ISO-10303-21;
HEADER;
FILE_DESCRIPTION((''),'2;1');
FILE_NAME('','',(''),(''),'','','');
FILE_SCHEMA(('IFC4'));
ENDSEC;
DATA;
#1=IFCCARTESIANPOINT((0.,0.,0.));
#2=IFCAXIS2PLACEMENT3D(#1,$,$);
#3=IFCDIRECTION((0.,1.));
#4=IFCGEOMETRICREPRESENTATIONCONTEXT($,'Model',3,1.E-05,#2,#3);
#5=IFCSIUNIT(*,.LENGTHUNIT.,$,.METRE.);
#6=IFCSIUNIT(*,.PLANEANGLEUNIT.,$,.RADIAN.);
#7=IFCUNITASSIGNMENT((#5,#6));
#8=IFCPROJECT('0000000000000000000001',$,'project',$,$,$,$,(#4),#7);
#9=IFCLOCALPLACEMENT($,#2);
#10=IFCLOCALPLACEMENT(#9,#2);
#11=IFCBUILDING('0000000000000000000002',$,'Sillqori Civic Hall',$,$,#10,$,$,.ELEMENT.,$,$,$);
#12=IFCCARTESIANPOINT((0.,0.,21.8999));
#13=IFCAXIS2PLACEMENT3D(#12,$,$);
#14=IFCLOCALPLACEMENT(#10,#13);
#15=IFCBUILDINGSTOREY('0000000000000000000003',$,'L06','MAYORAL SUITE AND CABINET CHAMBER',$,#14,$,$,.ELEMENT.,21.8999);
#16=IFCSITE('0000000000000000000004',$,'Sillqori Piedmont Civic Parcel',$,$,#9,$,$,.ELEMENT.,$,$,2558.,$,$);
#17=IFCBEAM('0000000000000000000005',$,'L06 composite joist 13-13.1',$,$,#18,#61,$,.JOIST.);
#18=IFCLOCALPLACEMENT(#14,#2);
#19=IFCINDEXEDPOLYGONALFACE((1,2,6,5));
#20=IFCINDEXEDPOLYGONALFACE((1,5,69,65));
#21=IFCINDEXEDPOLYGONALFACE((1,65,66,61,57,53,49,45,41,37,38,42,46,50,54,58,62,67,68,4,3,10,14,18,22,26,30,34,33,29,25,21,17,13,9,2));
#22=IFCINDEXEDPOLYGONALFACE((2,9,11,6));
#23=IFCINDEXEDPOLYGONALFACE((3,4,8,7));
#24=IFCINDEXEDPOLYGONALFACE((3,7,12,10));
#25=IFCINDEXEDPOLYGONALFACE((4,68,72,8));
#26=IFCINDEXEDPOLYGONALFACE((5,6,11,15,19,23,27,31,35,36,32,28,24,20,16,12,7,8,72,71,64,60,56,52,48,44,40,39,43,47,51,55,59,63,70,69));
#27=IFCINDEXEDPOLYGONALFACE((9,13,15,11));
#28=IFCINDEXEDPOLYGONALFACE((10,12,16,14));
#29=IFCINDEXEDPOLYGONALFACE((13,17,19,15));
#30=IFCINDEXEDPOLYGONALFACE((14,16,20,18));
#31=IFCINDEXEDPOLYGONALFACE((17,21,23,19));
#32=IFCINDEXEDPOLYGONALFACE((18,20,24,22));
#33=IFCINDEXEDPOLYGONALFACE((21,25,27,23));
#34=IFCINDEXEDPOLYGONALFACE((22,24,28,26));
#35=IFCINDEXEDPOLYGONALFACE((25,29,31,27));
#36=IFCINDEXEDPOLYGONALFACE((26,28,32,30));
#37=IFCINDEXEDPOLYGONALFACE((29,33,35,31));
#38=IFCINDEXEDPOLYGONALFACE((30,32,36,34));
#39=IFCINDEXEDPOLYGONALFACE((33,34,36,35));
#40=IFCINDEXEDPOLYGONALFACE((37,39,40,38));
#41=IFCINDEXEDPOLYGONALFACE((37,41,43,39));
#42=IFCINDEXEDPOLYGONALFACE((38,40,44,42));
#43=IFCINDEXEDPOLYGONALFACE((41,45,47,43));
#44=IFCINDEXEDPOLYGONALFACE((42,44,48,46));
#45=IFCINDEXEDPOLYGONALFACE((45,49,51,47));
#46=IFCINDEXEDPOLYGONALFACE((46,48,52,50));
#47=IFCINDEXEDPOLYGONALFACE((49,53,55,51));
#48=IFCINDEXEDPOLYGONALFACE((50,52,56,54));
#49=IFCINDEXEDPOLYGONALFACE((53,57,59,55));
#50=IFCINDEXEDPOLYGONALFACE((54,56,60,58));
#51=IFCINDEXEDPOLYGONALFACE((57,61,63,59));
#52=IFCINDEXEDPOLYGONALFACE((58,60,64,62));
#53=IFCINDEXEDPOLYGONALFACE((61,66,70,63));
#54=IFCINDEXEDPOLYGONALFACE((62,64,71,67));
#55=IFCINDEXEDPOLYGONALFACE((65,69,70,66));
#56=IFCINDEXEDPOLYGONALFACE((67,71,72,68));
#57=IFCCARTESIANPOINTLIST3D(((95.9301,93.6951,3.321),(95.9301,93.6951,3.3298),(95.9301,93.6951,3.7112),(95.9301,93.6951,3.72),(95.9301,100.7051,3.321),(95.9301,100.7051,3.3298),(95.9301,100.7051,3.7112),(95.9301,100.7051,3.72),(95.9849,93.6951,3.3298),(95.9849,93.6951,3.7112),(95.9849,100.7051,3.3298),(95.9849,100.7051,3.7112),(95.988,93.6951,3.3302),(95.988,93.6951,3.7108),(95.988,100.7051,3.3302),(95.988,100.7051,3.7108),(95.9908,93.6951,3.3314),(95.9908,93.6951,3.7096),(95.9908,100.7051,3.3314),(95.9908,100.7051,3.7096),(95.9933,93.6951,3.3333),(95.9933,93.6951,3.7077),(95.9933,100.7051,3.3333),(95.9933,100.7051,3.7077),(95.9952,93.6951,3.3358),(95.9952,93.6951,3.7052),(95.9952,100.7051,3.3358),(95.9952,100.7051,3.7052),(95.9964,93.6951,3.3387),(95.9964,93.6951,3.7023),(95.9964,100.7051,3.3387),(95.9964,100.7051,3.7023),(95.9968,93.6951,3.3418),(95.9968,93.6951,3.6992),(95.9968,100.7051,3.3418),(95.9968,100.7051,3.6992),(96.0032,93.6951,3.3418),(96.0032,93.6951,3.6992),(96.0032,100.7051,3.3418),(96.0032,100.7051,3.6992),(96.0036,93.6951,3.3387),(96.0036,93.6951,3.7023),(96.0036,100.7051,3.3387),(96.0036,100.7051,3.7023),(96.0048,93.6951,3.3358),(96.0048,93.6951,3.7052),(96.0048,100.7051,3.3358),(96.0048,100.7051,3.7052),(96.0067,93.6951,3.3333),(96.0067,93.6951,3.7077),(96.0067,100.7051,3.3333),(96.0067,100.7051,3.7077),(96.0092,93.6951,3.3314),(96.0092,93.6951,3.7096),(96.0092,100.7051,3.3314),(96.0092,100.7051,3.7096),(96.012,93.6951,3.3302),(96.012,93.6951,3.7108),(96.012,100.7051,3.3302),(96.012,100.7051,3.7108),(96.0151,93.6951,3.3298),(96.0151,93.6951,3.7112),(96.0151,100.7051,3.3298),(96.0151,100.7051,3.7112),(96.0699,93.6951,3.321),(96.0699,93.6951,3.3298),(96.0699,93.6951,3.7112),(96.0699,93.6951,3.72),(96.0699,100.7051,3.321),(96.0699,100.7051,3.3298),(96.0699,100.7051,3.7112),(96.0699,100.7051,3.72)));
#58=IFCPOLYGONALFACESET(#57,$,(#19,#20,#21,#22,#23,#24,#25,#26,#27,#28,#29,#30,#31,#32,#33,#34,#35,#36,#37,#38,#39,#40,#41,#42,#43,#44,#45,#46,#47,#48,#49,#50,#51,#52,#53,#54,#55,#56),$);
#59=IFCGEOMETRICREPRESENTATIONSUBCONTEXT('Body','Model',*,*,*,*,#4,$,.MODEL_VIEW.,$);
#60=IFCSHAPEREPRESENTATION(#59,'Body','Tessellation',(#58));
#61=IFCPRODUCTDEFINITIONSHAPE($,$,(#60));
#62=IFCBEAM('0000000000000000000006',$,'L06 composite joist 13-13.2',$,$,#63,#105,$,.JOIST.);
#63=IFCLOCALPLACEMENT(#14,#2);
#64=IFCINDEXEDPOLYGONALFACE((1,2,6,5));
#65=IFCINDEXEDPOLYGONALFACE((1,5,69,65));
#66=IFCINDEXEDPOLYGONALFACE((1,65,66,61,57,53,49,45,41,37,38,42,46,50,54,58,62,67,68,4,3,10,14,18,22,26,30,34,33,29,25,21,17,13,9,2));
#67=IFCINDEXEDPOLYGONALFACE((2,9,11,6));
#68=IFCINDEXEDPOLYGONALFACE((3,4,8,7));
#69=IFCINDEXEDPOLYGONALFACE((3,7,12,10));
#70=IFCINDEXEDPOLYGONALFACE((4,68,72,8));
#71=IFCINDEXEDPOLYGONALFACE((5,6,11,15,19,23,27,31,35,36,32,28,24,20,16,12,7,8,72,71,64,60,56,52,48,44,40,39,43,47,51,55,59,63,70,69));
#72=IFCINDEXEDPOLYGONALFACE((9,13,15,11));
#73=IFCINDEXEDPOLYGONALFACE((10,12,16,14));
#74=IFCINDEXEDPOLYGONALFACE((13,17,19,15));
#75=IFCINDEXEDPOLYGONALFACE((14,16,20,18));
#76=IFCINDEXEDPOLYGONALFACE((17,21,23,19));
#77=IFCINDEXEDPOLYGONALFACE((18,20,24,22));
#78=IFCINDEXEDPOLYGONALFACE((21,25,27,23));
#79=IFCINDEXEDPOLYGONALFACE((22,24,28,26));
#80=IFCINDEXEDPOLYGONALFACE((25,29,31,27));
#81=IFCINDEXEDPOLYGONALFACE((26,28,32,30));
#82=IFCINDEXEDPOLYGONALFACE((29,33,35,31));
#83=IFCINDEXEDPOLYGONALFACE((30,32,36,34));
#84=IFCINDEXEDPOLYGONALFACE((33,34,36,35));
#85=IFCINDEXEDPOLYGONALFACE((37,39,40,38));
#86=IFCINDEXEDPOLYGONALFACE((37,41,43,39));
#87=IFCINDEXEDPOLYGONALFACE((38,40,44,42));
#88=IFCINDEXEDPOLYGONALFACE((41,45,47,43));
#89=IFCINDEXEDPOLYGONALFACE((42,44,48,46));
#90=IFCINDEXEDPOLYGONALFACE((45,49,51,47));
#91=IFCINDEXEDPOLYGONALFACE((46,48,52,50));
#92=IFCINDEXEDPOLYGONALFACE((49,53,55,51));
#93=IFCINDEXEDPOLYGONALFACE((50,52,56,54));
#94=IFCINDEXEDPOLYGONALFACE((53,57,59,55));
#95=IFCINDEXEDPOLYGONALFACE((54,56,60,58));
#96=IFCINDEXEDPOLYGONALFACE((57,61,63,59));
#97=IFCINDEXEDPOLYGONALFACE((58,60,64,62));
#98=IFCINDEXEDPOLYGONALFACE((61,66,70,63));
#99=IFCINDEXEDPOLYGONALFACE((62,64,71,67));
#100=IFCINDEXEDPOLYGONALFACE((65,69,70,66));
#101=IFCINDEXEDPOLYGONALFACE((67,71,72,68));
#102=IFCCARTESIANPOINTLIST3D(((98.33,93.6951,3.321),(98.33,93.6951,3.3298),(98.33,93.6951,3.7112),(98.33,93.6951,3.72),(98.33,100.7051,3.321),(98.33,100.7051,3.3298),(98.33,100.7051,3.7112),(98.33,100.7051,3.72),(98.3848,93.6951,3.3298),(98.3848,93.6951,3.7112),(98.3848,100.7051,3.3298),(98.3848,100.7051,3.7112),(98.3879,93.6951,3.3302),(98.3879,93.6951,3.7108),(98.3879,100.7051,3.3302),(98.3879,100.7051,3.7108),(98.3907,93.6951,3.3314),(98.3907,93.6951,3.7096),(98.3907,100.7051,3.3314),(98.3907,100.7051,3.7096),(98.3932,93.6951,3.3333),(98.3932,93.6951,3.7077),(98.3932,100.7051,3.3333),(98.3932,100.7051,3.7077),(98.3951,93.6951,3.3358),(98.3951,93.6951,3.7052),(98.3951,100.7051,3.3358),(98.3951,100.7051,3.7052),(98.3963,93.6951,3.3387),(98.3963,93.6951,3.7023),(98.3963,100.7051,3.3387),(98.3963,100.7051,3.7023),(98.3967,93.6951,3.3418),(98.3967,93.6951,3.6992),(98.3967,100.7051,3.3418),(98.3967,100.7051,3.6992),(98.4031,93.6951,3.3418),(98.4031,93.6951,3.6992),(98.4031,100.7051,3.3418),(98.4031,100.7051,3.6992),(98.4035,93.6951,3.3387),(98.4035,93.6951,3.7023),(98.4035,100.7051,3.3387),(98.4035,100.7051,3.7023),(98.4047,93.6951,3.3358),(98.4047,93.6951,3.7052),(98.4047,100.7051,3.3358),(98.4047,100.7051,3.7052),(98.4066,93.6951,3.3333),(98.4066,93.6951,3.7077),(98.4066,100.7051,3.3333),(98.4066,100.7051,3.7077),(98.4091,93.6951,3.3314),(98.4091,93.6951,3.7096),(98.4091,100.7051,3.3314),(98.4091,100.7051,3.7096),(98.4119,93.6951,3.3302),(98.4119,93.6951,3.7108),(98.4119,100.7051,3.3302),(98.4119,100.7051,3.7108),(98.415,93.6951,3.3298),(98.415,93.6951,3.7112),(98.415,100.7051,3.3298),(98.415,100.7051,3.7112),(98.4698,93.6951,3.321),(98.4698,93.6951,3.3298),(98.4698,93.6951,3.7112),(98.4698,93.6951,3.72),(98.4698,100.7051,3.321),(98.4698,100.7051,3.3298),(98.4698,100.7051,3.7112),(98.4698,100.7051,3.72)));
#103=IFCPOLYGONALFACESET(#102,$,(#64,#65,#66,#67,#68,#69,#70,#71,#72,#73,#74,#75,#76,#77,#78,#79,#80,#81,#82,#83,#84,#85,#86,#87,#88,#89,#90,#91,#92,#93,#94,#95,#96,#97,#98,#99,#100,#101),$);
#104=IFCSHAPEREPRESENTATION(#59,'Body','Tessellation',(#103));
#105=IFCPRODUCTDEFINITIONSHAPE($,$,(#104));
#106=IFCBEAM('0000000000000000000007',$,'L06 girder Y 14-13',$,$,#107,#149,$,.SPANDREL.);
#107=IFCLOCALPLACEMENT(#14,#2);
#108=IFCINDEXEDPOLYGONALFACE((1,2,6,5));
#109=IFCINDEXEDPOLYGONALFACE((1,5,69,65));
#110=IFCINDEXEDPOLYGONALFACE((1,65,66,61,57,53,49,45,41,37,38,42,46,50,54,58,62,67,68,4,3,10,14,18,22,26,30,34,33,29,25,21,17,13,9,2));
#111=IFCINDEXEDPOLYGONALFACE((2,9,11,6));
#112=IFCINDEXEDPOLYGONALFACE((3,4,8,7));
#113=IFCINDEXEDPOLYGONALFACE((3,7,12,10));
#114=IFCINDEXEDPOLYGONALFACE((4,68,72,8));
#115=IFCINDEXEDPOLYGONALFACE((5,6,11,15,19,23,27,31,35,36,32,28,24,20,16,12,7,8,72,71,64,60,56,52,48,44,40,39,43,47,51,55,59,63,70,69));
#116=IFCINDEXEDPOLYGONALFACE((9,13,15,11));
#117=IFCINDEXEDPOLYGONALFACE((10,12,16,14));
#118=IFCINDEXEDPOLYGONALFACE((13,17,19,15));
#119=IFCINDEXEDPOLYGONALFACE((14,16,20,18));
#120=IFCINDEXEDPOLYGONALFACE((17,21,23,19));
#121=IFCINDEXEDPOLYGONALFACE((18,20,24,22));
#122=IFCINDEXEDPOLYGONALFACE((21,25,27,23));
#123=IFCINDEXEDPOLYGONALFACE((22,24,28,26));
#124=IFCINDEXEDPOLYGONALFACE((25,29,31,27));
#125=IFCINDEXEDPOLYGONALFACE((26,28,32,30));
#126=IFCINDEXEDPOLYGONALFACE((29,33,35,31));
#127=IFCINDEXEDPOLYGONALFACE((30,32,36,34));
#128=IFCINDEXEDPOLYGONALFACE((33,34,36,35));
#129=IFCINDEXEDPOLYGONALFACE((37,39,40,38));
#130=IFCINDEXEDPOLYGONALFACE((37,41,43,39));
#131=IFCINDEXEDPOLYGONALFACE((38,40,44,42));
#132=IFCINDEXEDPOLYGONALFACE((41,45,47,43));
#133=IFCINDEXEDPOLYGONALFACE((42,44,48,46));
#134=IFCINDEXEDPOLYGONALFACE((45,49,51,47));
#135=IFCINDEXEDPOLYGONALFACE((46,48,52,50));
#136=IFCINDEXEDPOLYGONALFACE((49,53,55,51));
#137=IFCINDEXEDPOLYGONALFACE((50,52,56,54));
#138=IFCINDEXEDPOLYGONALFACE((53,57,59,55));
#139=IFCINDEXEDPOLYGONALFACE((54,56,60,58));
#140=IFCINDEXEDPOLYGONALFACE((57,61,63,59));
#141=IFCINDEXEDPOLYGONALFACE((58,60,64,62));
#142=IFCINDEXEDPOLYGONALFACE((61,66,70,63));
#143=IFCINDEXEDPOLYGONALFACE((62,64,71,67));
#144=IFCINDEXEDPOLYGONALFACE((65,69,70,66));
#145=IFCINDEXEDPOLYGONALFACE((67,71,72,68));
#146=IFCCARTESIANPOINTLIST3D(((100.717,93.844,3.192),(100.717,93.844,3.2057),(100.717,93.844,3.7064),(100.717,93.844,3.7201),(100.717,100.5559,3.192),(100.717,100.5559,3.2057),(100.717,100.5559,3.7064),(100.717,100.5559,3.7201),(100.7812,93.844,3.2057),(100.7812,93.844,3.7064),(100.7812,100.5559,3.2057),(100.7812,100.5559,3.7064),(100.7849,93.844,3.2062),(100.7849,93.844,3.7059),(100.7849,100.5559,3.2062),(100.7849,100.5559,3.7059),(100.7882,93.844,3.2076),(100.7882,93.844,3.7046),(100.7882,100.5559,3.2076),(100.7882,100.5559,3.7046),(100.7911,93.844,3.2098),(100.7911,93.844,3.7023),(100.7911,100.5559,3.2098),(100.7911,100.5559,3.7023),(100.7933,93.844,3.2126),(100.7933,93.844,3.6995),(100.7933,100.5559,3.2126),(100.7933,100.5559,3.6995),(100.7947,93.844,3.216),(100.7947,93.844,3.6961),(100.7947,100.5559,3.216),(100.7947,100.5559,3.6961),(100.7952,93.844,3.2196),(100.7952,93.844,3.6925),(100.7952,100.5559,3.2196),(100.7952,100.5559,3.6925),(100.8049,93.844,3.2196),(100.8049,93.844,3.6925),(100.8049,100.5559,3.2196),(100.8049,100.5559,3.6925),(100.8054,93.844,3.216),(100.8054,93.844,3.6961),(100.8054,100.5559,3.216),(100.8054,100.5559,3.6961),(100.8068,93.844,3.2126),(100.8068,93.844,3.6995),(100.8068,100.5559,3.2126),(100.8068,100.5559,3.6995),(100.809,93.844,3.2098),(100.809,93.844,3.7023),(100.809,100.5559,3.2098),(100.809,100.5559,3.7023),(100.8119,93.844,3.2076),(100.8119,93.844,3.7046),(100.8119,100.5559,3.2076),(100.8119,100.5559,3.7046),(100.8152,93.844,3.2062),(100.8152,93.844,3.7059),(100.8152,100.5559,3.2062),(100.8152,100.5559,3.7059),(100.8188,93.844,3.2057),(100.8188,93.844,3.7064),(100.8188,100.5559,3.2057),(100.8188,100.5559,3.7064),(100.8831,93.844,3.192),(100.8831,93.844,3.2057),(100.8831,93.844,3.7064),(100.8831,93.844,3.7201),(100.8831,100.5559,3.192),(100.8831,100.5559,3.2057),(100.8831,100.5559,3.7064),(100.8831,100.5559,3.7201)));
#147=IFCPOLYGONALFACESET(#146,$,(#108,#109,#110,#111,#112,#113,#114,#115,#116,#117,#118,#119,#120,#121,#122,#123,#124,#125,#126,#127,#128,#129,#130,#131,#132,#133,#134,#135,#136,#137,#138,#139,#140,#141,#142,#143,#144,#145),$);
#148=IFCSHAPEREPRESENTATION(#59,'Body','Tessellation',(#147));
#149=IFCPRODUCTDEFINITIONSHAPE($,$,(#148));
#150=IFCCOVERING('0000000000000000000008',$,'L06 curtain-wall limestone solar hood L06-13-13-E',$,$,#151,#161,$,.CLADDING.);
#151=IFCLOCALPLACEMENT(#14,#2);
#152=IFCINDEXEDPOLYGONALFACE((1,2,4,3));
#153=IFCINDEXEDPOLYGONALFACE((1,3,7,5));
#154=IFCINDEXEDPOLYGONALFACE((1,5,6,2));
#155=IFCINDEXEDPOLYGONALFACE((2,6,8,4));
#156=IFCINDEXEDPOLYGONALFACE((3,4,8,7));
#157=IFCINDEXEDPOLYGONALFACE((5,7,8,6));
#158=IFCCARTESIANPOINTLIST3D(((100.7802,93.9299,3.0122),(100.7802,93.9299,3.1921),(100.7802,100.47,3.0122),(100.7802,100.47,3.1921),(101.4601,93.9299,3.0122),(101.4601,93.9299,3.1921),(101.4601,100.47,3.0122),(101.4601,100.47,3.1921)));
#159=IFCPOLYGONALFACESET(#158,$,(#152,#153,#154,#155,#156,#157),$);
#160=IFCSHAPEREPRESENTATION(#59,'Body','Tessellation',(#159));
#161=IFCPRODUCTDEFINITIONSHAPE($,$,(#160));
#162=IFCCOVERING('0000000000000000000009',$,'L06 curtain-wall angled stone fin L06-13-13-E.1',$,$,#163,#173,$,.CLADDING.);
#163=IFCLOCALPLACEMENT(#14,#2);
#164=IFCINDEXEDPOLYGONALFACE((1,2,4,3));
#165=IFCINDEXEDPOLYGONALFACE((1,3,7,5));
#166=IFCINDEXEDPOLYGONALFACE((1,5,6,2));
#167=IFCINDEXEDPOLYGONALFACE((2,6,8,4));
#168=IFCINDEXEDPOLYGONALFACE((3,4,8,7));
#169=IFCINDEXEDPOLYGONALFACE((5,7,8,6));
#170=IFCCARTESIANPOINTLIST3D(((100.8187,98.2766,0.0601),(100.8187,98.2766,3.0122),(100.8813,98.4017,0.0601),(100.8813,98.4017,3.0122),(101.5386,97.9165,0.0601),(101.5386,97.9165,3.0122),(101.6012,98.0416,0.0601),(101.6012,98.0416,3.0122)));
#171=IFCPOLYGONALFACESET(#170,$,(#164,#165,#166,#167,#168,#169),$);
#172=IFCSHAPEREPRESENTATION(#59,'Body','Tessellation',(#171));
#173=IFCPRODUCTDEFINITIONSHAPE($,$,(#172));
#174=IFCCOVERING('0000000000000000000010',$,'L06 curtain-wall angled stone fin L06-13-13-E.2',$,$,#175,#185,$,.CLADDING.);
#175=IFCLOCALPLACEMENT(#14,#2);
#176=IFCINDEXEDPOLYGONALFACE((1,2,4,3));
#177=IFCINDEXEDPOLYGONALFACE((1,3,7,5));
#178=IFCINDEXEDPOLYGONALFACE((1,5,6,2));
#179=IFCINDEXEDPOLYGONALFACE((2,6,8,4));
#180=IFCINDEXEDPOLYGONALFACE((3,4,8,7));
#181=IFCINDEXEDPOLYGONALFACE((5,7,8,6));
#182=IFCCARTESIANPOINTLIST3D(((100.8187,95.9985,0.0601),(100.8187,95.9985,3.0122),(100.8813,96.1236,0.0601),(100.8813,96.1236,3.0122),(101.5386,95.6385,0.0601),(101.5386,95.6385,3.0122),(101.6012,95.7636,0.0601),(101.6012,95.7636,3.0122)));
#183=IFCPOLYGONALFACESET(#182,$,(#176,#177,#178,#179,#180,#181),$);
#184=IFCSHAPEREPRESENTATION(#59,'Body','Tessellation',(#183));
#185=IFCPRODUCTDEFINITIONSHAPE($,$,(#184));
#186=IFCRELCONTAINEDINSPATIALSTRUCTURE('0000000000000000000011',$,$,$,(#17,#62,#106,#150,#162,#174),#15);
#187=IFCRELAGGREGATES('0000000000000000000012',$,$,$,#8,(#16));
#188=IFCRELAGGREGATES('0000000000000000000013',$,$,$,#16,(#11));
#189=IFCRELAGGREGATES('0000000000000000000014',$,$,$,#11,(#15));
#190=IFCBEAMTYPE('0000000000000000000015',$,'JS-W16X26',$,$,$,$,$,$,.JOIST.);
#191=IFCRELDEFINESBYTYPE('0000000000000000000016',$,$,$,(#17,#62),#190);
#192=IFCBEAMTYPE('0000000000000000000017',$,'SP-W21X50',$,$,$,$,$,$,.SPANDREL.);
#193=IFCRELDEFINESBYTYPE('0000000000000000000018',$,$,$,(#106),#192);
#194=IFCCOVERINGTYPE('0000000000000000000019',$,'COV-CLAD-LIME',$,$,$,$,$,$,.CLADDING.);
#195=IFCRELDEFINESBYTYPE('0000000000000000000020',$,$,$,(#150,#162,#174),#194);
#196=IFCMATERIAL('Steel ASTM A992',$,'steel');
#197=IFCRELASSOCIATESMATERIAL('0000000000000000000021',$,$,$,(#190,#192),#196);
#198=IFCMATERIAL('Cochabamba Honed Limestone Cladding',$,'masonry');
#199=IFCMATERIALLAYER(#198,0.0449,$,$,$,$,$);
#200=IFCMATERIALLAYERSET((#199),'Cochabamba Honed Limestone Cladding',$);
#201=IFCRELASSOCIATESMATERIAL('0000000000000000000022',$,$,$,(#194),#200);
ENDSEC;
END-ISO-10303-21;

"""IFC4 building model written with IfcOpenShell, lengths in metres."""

from ifc_helpers import new_model, si_unit, direction, frame, frame_2d, origin, origin_2d, place, context, subcontext, project, spatial, rectangle, i_section, extrude, material, layer, layer_set, material_profile, profile_set, type_object, element, save


model = new_model("IFC4")

# Units and contexts
model_context = context("Model", 3, precision=1e-05, world=origin(), true_north=direction((0.0, 1.0)))
body_context = subcontext(model_context, "Body", "Model", "MODEL_VIEW")
ifc_project = project(units=[si_unit("LENGTHUNIT", "METRE"), si_unit("PLANEANGLEUNIT", "RADIAN")], contexts=[model_context])

# Site, building, storey
site_placement = place(None, origin())
building_placement = place(site_placement, origin())
storey_placement = place(building_placement, frame((0.0, 0.0, 21.8999)))
site = spatial("IfcSite", under=ifc_project, at=site_placement, Name="Sillqori Piedmont Civic Parcel", CompositionType="ELEMENT", RefElevation=2558.0)
building = spatial("IfcBuilding", under=site, at=building_placement, Name="Sillqori Civic Hall", CompositionType="ELEMENT")
storey = spatial("IfcBuildingStorey", under=building, at=storey_placement, Name="L06", Description="MAYORAL SUITE AND CABINET CHAMBER", CompositionType="ELEMENT", Elevation=21.8999)

# Beams
ifc_material_1 = material(Name="Steel ASTM A992", Category="steel")
ifc_material_profile_1 = material_profile(ifc_material_1, i_section(OverallWidth=0.1399, OverallDepth=0.3989, WebThickness=0.0063, FlangeThickness=0.0088, FilletRadius=0.012, at=origin_2d()), Name="W16X26")
ifc_profile_set_1 = profile_set([ifc_material_profile_1], Name="Steel ASTM A992")
beam_type_1 = type_object("IfcBeamType", Name="JS-W16X26", PredefinedType="JOIST", material=ifc_profile_set_1)
for number, where, z_axis, x_axis, name in (
    (1, (96.0, 93.6951, 3.5205), (0.0, 1.0, 0.0), (-1.0, 0.0, 0.0), "L06 composite joist 13-13.1"),
    (2, (98.3999, 93.6951, 3.5205), (0.0, 1.0, 0.0), (-1.0, 0.0, 0.0), "L06 composite joist 13-13.2"),
):
    element("IfcBeam", number, at=place(storey_placement, frame(where, z_axis=z_axis, x_axis=x_axis)), inside=storey, type_object=beam_type_1, Name=name, PredefinedType="JOIST", context=body_context, shape_type="SweptSolid", body=[
        extrude(i_section(OverallWidth=0.1399, OverallDepth=0.3989, WebThickness=0.0063, FlangeThickness=0.0088, FilletRadius=0.012, at=origin_2d()), origin(), (0.0, 0.0, 1.0), 7.01),
    ])
ifc_material_profile_2 = material_profile(ifc_material_1, i_section(OverallWidth=0.166, OverallDepth=0.5281, WebThickness=0.0098, FlangeThickness=0.0137, FilletRadius=0.0139, at=origin_2d()), Name="W21X50")
ifc_profile_set_2 = profile_set([ifc_material_profile_2], Name="Steel ASTM A992")
beam_type_2 = type_object("IfcBeamType", Name="SP-W21X50", PredefinedType="SPANDREL", material=ifc_profile_set_2)
beam_placement = place(storey_placement, frame((100.8, 93.844, 3.4561), z_axis=(0.0, 1.0, 0.0), x_axis=(-1.0, 0.0, 0.0)))
element("IfcBeam", 3, at=beam_placement, inside=storey, type_object=beam_type_2, Name="L06 girder Y 14-13", PredefinedType="SPANDREL", context=body_context, shape_type="SweptSolid", body=[
    extrude(i_section(OverallWidth=0.166, OverallDepth=0.5281, WebThickness=0.0098, FlangeThickness=0.0137, FilletRadius=0.0139, at=origin_2d()), origin(), (0.0, 0.0, 1.0), 6.7119),
])

# Coverings
ifc_material_2 = material(Name="Cochabamba Honed Limestone Cladding", Category="masonry")
ifc_layer_1 = layer(ifc_material_2, 0.0449)
ifc_layer_set_1 = layer_set([ifc_layer_1], Name="Cochabamba Honed Limestone Cladding")
covering_type = type_object("IfcCoveringType", Name="COV-CLAD-LIME", PredefinedType="CLADDING", material=ifc_layer_set_1)
covering_placement = place(storey_placement, frame((101.1201, 100.47, 3.0122), z_axis=(0.0, 0.0, 1.0), x_axis=(0.0, -1.0, 0.0)))
element("IfcCovering", 4, at=covering_placement, inside=storey, type_object=covering_type, Name="L06 curtain-wall limestone solar hood L06-13-13-E", PredefinedType="CLADDING", context=body_context, shape_type="SweptSolid", body=[
    extrude(rectangle(XDim=6.54, YDim=0.6799, at=frame_2d((3.27, 0.0))), origin(), (0.0, 0.0, 1.0), 0.1799),
])
for number, where, z_axis, x_axis, name in (
    (5, (100.8501, 98.3391, 0.0601), (0.0, 0.0, 1.0), (0.894367, -0.447335, 0.0), "L06 curtain-wall angled stone fin L06-13-13-E.1"),
    (6, (100.8501, 96.061, 0.0601), (0.0, 0.0, 1.0), (0.894367, -0.447335, 0.0), "L06 curtain-wall angled stone fin L06-13-13-E.2"),
):
    element("IfcCovering", number, at=place(storey_placement, frame(where, z_axis=z_axis, x_axis=x_axis)), inside=storey, type_object=covering_type, Name=name, PredefinedType="CLADDING", context=body_context, shape_type="SweptSolid", body=[
        extrude(rectangle(XDim=0.8049, YDim=0.1399, at=frame_2d((0.4023, 0.0))), origin(), (0.0, 0.0, 1.0), 2.9521),
    ])

save(model, "model.ifc")
